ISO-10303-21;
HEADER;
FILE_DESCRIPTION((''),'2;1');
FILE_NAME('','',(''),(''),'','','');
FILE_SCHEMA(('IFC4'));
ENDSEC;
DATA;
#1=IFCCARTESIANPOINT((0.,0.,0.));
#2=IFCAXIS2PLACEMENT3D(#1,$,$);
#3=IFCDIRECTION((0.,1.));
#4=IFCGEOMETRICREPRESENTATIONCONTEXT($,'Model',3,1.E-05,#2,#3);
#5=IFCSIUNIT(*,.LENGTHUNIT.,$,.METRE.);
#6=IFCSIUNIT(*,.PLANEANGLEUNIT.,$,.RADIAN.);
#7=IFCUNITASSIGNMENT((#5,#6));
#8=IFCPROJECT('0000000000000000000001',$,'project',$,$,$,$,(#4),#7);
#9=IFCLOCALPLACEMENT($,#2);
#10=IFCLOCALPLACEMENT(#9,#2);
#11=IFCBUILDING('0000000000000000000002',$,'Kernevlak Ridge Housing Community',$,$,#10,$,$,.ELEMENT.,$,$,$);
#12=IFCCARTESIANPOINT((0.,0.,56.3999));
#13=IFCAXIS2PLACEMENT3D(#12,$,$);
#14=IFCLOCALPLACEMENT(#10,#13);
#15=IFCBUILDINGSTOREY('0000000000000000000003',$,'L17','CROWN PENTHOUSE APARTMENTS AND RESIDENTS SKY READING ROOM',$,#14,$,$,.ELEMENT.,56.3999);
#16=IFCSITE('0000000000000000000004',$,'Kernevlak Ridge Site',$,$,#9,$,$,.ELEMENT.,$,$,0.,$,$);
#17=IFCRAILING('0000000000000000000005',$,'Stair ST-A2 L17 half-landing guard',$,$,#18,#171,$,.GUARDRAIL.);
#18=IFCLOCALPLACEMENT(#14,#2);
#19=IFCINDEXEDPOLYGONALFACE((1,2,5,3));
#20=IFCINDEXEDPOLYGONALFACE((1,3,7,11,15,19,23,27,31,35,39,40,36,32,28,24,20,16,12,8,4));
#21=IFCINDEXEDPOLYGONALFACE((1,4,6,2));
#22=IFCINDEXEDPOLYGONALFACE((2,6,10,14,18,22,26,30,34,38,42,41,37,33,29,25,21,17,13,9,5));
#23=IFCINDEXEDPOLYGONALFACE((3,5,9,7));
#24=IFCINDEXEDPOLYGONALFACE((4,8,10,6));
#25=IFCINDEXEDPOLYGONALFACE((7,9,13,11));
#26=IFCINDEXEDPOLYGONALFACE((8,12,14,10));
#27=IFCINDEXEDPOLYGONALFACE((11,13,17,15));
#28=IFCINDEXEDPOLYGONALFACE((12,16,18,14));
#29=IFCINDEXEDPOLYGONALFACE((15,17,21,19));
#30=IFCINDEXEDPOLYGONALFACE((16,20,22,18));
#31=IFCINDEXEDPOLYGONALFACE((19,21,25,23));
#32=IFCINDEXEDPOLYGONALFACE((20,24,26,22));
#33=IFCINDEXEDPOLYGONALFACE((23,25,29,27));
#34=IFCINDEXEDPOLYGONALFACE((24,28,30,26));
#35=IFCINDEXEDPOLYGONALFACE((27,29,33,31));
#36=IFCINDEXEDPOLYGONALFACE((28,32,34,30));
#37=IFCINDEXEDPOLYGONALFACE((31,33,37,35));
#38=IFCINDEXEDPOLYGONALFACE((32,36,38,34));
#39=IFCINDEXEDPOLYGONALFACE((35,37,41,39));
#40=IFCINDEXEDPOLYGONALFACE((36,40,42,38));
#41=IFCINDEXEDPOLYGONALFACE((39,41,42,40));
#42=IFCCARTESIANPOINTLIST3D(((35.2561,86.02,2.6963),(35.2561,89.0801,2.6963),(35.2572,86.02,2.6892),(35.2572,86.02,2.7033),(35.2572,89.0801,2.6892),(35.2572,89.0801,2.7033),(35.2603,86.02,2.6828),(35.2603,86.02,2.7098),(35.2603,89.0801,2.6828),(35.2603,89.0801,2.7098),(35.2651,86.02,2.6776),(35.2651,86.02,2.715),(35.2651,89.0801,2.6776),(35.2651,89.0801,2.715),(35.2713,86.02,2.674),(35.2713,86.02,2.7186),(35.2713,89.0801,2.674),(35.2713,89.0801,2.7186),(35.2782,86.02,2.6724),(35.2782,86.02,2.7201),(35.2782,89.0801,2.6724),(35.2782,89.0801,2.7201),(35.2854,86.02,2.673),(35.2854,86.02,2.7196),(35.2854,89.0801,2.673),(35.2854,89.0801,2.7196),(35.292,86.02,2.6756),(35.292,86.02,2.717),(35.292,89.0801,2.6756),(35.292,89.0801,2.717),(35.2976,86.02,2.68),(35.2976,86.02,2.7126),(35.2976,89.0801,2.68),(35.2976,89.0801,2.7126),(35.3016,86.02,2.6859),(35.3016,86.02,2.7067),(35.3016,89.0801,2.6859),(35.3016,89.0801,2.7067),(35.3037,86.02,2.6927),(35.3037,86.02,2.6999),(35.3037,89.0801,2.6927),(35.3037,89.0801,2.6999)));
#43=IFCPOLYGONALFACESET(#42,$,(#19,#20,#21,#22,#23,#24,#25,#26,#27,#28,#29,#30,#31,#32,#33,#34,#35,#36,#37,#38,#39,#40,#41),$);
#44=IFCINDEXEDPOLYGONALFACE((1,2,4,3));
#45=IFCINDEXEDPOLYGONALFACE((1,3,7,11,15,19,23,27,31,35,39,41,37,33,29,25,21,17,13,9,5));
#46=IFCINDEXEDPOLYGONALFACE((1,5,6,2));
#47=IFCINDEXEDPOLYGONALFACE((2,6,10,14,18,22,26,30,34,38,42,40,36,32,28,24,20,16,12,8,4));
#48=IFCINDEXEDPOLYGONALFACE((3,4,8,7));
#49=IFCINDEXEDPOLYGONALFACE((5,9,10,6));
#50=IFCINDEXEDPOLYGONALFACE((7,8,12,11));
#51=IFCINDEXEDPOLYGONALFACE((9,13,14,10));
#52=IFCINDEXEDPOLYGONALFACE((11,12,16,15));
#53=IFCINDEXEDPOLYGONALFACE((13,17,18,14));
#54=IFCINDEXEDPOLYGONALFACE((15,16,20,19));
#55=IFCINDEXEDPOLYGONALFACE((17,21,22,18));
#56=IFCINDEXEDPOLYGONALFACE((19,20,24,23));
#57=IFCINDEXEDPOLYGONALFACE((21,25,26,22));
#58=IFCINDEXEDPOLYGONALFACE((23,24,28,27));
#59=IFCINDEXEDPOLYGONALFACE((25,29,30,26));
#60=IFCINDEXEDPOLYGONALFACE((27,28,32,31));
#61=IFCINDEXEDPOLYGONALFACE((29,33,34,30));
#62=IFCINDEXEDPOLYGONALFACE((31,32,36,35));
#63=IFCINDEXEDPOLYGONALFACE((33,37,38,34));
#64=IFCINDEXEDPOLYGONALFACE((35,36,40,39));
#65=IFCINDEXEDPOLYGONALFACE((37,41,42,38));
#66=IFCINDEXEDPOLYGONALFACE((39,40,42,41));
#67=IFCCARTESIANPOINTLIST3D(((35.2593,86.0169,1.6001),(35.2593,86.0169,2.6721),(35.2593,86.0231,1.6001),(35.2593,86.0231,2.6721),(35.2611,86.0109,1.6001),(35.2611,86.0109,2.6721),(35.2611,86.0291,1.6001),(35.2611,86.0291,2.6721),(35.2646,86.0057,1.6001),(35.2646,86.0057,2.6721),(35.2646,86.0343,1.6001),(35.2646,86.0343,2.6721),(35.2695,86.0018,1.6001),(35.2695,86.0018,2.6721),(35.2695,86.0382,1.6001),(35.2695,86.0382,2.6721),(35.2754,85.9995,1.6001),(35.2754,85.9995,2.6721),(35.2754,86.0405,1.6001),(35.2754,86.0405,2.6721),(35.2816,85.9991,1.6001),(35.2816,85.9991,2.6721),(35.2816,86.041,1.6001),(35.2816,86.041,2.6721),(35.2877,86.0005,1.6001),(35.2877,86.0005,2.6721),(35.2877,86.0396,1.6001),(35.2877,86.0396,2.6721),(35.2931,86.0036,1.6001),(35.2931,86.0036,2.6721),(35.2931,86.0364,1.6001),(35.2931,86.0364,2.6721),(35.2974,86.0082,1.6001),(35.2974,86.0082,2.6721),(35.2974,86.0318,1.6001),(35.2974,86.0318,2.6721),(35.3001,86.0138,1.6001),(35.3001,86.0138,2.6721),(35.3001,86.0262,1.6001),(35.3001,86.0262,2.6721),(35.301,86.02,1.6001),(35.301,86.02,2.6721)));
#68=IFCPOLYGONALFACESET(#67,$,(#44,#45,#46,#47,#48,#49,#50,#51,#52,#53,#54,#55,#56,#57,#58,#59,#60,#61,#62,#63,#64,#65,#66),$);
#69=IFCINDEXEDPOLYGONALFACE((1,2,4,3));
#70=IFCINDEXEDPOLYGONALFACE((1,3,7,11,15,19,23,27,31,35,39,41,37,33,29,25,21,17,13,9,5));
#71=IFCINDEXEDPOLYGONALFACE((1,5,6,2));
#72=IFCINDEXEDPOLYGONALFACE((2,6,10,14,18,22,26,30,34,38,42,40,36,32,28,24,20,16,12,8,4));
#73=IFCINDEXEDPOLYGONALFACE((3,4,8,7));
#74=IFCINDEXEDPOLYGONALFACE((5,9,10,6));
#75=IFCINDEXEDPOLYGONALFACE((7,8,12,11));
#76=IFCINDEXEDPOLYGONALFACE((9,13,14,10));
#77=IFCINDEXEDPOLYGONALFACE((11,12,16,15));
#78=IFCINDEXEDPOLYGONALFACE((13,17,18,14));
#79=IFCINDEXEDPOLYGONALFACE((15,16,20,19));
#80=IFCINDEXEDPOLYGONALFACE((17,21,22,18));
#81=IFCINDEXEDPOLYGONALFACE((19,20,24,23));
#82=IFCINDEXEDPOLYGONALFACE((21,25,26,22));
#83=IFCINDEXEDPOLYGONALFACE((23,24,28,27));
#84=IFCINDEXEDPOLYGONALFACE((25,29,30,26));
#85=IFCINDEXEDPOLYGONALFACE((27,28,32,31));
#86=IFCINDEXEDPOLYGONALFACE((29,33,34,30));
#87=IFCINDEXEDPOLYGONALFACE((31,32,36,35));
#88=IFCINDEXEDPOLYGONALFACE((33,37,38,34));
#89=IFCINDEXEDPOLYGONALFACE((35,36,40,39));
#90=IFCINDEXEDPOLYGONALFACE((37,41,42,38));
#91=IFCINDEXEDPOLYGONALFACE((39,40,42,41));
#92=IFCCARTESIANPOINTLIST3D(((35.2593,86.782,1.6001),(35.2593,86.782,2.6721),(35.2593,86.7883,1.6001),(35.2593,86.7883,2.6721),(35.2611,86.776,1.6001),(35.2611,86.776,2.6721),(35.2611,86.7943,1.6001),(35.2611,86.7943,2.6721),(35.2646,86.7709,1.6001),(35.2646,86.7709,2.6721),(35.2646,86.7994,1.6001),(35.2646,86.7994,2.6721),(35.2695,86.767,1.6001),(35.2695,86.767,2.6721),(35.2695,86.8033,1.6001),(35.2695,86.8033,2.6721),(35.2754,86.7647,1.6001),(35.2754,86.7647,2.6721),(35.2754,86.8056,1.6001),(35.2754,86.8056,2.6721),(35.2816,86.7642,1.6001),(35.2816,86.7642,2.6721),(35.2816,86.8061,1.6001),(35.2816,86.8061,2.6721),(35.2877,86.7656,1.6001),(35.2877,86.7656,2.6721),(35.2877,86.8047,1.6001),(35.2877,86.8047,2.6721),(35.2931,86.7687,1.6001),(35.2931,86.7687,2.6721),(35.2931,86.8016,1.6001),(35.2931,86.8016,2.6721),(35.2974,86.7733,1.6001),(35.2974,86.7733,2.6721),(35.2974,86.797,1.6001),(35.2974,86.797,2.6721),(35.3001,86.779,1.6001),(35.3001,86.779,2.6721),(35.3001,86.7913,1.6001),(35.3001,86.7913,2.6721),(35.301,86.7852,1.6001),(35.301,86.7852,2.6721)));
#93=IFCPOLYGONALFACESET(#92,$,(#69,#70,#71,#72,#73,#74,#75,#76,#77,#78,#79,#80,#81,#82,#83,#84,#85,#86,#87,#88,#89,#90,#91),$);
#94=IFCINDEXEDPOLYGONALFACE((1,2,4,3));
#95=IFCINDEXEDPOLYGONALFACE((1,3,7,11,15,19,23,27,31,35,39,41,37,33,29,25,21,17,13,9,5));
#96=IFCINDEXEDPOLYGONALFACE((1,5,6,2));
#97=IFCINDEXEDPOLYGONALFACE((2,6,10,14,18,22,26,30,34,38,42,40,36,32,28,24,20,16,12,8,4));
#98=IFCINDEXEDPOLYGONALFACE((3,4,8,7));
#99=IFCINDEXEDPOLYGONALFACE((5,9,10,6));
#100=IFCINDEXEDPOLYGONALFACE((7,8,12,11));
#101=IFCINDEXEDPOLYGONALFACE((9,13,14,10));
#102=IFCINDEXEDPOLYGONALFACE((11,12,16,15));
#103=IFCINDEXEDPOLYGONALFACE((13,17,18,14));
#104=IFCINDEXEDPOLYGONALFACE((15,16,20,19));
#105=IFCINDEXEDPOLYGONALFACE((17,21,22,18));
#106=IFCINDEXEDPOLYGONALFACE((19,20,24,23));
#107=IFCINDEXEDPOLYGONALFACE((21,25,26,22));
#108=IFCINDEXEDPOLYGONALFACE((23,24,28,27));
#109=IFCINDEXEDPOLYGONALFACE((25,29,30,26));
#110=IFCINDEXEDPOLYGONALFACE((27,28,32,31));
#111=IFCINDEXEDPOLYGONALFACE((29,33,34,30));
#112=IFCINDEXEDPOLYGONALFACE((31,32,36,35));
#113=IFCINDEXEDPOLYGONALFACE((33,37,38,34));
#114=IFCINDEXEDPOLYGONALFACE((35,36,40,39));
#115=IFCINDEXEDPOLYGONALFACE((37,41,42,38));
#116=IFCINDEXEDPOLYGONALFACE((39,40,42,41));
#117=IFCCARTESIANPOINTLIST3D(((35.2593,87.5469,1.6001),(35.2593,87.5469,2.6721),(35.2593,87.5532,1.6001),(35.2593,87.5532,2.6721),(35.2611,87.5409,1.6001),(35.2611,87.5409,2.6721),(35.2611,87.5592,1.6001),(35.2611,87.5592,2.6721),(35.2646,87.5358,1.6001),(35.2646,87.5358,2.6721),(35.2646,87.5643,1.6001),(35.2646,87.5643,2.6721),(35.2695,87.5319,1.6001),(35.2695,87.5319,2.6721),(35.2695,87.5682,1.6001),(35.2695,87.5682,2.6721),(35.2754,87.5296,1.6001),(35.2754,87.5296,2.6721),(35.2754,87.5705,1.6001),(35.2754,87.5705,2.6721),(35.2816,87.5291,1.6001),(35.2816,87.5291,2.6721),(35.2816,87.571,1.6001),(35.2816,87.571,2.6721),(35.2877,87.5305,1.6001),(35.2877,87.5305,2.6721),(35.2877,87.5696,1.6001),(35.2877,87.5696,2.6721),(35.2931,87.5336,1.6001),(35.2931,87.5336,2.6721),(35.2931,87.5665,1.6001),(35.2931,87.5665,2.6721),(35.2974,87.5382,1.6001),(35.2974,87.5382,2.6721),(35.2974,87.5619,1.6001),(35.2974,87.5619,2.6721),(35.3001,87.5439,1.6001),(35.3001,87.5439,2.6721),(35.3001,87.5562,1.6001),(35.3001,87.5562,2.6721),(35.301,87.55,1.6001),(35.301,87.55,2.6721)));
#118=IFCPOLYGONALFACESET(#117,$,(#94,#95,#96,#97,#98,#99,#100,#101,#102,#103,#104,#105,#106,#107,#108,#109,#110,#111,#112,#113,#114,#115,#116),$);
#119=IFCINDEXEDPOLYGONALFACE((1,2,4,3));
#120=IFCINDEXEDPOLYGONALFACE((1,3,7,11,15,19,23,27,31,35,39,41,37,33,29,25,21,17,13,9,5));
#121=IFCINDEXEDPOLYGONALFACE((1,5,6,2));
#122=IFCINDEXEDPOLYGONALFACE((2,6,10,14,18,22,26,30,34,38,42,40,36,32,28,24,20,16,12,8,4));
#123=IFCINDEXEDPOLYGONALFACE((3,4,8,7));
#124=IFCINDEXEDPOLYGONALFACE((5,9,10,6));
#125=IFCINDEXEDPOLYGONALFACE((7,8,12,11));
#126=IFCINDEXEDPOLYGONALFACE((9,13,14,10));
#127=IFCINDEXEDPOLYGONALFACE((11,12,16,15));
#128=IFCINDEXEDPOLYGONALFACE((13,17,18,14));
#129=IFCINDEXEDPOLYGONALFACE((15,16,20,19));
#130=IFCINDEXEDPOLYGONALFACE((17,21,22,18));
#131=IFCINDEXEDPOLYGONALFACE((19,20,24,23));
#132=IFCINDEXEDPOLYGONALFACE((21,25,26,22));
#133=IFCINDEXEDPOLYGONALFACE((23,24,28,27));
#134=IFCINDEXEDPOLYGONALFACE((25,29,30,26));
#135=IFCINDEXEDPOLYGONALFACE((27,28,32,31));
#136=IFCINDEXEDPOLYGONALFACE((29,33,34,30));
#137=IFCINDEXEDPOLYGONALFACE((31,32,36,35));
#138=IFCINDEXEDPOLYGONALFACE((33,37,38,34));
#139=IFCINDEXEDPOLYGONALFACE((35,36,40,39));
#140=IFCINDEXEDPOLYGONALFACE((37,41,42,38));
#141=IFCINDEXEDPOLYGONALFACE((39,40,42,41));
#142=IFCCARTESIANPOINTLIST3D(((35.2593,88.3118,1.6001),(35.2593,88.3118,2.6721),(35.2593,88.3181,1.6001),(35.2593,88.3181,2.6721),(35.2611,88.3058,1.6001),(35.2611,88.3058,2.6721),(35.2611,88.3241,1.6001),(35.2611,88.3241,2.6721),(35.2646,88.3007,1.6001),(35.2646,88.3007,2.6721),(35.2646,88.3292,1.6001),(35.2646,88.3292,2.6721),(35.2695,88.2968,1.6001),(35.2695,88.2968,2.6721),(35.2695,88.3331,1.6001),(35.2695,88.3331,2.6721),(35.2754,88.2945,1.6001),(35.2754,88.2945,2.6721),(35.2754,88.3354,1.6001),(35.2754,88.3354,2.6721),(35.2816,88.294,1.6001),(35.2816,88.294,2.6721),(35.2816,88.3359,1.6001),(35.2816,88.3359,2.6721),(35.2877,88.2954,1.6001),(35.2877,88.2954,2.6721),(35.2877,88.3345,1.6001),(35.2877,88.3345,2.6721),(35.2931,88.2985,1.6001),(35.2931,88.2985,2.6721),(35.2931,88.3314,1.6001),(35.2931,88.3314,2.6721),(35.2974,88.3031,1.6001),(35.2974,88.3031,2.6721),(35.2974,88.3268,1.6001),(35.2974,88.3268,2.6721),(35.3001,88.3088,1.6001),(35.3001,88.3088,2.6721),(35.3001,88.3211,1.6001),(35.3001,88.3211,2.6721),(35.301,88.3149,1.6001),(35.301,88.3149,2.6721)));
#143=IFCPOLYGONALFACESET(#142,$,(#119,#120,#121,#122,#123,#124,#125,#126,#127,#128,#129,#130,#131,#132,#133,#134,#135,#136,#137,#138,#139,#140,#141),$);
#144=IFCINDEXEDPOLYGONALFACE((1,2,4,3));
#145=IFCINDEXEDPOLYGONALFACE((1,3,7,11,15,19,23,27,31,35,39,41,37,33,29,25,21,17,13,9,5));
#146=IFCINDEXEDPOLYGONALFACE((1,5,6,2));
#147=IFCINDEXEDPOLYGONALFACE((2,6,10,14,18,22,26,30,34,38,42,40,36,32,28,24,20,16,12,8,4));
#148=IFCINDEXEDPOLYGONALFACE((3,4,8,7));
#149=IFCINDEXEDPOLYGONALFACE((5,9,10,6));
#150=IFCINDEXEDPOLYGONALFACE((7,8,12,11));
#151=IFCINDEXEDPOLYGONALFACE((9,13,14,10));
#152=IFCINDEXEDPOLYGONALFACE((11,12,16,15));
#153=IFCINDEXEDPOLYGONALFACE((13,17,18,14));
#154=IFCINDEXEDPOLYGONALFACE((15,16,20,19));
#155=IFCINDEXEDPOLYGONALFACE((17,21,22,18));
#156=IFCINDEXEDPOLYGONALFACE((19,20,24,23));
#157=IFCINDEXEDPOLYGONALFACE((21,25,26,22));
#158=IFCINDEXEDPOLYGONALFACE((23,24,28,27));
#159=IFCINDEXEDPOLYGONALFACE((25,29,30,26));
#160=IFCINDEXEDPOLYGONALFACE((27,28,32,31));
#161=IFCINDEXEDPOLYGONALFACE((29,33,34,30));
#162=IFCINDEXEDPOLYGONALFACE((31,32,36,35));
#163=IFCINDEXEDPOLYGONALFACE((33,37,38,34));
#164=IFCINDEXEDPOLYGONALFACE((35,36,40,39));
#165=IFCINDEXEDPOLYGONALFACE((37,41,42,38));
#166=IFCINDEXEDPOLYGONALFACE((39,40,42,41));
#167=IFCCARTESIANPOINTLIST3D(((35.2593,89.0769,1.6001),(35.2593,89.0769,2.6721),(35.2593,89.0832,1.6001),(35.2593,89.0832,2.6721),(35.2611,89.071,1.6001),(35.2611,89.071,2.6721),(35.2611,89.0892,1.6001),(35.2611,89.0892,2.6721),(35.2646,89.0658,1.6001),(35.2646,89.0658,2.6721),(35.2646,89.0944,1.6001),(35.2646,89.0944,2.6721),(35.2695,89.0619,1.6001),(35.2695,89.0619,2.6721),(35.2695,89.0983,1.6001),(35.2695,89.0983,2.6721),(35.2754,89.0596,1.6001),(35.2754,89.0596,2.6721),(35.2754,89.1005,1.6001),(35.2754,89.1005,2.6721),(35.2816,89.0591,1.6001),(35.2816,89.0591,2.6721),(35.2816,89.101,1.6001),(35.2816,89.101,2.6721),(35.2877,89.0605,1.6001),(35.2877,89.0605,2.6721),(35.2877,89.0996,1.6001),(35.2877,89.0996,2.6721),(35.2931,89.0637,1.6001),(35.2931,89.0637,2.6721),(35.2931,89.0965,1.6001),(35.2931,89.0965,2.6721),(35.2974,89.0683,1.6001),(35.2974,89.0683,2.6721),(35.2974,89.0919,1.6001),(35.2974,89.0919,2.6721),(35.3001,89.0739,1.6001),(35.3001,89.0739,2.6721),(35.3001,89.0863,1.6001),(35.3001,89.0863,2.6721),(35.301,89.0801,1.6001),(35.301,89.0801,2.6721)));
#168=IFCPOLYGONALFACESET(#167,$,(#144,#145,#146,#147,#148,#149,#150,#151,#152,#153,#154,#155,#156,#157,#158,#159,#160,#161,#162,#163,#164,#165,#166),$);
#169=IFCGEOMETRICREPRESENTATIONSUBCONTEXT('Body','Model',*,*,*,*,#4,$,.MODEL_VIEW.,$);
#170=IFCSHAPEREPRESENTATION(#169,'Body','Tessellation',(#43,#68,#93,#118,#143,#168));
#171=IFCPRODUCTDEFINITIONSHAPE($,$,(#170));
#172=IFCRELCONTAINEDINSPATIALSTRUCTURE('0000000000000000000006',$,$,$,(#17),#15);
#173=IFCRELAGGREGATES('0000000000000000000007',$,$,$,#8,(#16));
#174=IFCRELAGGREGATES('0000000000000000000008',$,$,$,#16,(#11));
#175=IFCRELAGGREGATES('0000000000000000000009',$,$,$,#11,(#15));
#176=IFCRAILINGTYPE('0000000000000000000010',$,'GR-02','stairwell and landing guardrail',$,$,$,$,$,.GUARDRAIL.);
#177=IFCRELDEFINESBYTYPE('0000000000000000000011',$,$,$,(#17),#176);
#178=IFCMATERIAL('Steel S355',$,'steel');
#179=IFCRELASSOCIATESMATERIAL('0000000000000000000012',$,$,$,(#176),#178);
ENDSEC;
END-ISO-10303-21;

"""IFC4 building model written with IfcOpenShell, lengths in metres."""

from ifc_helpers import new_model, si_unit, direction, frame, origin, origin_2d, place, context, subcontext, project, spatial, circle, extrude, material, type_object, element, save


model = new_model("IFC4")

# Units and contexts
model_context = context("Model", 3, precision=1e-05, world=origin(), true_north=direction((0.0, 1.0)))
body_context = subcontext(model_context, "Body", "Model", "MODEL_VIEW")
ifc_project = project(units=[si_unit("LENGTHUNIT", "METRE"), si_unit("PLANEANGLEUNIT", "RADIAN")], contexts=[model_context])

# Site, building, storey
site_placement = place(None, origin())
site = spatial("IfcSite", under=ifc_project, at=site_placement, Name="Kernevlak Ridge Site", CompositionType="ELEMENT", RefElevation=0.0)
building_placement = place(site_placement, origin())
building = spatial("IfcBuilding", under=site, at=building_placement, Name="Kernevlak Ridge Housing Community", CompositionType="ELEMENT")
storey_placement = place(building_placement, frame((0.0, 0.0, 56.3999)))
storey = spatial("IfcBuildingStorey", under=building, at=storey_placement, Name="L17", Description="CROWN PENTHOUSE APARTMENTS AND RESIDENTS SKY READING ROOM", CompositionType="ELEMENT", Elevation=56.3999)

# Railing
ifc_material_1 = material(Name="Steel S355", Category="steel")
railing_type_1 = type_object("IfcRailingType", Name="GR-02", Description="stairwell and landing guardrail", PredefinedType="GUARDRAIL", material=ifc_material_1)
railing_1_placement = place(storey_placement, frame((35.28, 86.02, 1.6001)))
element("IfcRailing", 1, at=railing_1_placement, inside=storey, type_object=railing_type_1, Name="Stair ST-A2 L17 half-landing guard", PredefinedType="GUARDRAIL", context=body_context, shape_type="SweptSolid", body=[
    extrude(circle(Radius=0.0239, at=origin_2d()), frame((0.0, 0.0, 1.0962), z_axis=(0.0, 1.0, 0.0), x_axis=(-1.0, 0.0, 0.0)), (0.0, 0.0, 1.0), 3.0601),
    extrude(circle(Radius=0.021, at=origin_2d()), origin(), (0.0, 0.0, 1.0), 1.072),
    extrude(circle(Radius=0.021, at=origin_2d()), frame((0.0, 0.7651, 0.0)), (0.0, 0.0, 1.0), 1.072),
    extrude(circle(Radius=0.021, at=origin_2d()), frame((0.0, 1.53, 0.0)), (0.0, 0.0, 1.0), 1.072),
    extrude(circle(Radius=0.021, at=origin_2d()), frame((0.0, 2.2949, 0.0)), (0.0, 0.0, 1.0), 1.072),
    extrude(circle(Radius=0.021, at=origin_2d()), frame((0.0, 3.0601, 0.0)), (0.0, 0.0, 1.0), 1.072),
])

save(model, "model.ifc")
